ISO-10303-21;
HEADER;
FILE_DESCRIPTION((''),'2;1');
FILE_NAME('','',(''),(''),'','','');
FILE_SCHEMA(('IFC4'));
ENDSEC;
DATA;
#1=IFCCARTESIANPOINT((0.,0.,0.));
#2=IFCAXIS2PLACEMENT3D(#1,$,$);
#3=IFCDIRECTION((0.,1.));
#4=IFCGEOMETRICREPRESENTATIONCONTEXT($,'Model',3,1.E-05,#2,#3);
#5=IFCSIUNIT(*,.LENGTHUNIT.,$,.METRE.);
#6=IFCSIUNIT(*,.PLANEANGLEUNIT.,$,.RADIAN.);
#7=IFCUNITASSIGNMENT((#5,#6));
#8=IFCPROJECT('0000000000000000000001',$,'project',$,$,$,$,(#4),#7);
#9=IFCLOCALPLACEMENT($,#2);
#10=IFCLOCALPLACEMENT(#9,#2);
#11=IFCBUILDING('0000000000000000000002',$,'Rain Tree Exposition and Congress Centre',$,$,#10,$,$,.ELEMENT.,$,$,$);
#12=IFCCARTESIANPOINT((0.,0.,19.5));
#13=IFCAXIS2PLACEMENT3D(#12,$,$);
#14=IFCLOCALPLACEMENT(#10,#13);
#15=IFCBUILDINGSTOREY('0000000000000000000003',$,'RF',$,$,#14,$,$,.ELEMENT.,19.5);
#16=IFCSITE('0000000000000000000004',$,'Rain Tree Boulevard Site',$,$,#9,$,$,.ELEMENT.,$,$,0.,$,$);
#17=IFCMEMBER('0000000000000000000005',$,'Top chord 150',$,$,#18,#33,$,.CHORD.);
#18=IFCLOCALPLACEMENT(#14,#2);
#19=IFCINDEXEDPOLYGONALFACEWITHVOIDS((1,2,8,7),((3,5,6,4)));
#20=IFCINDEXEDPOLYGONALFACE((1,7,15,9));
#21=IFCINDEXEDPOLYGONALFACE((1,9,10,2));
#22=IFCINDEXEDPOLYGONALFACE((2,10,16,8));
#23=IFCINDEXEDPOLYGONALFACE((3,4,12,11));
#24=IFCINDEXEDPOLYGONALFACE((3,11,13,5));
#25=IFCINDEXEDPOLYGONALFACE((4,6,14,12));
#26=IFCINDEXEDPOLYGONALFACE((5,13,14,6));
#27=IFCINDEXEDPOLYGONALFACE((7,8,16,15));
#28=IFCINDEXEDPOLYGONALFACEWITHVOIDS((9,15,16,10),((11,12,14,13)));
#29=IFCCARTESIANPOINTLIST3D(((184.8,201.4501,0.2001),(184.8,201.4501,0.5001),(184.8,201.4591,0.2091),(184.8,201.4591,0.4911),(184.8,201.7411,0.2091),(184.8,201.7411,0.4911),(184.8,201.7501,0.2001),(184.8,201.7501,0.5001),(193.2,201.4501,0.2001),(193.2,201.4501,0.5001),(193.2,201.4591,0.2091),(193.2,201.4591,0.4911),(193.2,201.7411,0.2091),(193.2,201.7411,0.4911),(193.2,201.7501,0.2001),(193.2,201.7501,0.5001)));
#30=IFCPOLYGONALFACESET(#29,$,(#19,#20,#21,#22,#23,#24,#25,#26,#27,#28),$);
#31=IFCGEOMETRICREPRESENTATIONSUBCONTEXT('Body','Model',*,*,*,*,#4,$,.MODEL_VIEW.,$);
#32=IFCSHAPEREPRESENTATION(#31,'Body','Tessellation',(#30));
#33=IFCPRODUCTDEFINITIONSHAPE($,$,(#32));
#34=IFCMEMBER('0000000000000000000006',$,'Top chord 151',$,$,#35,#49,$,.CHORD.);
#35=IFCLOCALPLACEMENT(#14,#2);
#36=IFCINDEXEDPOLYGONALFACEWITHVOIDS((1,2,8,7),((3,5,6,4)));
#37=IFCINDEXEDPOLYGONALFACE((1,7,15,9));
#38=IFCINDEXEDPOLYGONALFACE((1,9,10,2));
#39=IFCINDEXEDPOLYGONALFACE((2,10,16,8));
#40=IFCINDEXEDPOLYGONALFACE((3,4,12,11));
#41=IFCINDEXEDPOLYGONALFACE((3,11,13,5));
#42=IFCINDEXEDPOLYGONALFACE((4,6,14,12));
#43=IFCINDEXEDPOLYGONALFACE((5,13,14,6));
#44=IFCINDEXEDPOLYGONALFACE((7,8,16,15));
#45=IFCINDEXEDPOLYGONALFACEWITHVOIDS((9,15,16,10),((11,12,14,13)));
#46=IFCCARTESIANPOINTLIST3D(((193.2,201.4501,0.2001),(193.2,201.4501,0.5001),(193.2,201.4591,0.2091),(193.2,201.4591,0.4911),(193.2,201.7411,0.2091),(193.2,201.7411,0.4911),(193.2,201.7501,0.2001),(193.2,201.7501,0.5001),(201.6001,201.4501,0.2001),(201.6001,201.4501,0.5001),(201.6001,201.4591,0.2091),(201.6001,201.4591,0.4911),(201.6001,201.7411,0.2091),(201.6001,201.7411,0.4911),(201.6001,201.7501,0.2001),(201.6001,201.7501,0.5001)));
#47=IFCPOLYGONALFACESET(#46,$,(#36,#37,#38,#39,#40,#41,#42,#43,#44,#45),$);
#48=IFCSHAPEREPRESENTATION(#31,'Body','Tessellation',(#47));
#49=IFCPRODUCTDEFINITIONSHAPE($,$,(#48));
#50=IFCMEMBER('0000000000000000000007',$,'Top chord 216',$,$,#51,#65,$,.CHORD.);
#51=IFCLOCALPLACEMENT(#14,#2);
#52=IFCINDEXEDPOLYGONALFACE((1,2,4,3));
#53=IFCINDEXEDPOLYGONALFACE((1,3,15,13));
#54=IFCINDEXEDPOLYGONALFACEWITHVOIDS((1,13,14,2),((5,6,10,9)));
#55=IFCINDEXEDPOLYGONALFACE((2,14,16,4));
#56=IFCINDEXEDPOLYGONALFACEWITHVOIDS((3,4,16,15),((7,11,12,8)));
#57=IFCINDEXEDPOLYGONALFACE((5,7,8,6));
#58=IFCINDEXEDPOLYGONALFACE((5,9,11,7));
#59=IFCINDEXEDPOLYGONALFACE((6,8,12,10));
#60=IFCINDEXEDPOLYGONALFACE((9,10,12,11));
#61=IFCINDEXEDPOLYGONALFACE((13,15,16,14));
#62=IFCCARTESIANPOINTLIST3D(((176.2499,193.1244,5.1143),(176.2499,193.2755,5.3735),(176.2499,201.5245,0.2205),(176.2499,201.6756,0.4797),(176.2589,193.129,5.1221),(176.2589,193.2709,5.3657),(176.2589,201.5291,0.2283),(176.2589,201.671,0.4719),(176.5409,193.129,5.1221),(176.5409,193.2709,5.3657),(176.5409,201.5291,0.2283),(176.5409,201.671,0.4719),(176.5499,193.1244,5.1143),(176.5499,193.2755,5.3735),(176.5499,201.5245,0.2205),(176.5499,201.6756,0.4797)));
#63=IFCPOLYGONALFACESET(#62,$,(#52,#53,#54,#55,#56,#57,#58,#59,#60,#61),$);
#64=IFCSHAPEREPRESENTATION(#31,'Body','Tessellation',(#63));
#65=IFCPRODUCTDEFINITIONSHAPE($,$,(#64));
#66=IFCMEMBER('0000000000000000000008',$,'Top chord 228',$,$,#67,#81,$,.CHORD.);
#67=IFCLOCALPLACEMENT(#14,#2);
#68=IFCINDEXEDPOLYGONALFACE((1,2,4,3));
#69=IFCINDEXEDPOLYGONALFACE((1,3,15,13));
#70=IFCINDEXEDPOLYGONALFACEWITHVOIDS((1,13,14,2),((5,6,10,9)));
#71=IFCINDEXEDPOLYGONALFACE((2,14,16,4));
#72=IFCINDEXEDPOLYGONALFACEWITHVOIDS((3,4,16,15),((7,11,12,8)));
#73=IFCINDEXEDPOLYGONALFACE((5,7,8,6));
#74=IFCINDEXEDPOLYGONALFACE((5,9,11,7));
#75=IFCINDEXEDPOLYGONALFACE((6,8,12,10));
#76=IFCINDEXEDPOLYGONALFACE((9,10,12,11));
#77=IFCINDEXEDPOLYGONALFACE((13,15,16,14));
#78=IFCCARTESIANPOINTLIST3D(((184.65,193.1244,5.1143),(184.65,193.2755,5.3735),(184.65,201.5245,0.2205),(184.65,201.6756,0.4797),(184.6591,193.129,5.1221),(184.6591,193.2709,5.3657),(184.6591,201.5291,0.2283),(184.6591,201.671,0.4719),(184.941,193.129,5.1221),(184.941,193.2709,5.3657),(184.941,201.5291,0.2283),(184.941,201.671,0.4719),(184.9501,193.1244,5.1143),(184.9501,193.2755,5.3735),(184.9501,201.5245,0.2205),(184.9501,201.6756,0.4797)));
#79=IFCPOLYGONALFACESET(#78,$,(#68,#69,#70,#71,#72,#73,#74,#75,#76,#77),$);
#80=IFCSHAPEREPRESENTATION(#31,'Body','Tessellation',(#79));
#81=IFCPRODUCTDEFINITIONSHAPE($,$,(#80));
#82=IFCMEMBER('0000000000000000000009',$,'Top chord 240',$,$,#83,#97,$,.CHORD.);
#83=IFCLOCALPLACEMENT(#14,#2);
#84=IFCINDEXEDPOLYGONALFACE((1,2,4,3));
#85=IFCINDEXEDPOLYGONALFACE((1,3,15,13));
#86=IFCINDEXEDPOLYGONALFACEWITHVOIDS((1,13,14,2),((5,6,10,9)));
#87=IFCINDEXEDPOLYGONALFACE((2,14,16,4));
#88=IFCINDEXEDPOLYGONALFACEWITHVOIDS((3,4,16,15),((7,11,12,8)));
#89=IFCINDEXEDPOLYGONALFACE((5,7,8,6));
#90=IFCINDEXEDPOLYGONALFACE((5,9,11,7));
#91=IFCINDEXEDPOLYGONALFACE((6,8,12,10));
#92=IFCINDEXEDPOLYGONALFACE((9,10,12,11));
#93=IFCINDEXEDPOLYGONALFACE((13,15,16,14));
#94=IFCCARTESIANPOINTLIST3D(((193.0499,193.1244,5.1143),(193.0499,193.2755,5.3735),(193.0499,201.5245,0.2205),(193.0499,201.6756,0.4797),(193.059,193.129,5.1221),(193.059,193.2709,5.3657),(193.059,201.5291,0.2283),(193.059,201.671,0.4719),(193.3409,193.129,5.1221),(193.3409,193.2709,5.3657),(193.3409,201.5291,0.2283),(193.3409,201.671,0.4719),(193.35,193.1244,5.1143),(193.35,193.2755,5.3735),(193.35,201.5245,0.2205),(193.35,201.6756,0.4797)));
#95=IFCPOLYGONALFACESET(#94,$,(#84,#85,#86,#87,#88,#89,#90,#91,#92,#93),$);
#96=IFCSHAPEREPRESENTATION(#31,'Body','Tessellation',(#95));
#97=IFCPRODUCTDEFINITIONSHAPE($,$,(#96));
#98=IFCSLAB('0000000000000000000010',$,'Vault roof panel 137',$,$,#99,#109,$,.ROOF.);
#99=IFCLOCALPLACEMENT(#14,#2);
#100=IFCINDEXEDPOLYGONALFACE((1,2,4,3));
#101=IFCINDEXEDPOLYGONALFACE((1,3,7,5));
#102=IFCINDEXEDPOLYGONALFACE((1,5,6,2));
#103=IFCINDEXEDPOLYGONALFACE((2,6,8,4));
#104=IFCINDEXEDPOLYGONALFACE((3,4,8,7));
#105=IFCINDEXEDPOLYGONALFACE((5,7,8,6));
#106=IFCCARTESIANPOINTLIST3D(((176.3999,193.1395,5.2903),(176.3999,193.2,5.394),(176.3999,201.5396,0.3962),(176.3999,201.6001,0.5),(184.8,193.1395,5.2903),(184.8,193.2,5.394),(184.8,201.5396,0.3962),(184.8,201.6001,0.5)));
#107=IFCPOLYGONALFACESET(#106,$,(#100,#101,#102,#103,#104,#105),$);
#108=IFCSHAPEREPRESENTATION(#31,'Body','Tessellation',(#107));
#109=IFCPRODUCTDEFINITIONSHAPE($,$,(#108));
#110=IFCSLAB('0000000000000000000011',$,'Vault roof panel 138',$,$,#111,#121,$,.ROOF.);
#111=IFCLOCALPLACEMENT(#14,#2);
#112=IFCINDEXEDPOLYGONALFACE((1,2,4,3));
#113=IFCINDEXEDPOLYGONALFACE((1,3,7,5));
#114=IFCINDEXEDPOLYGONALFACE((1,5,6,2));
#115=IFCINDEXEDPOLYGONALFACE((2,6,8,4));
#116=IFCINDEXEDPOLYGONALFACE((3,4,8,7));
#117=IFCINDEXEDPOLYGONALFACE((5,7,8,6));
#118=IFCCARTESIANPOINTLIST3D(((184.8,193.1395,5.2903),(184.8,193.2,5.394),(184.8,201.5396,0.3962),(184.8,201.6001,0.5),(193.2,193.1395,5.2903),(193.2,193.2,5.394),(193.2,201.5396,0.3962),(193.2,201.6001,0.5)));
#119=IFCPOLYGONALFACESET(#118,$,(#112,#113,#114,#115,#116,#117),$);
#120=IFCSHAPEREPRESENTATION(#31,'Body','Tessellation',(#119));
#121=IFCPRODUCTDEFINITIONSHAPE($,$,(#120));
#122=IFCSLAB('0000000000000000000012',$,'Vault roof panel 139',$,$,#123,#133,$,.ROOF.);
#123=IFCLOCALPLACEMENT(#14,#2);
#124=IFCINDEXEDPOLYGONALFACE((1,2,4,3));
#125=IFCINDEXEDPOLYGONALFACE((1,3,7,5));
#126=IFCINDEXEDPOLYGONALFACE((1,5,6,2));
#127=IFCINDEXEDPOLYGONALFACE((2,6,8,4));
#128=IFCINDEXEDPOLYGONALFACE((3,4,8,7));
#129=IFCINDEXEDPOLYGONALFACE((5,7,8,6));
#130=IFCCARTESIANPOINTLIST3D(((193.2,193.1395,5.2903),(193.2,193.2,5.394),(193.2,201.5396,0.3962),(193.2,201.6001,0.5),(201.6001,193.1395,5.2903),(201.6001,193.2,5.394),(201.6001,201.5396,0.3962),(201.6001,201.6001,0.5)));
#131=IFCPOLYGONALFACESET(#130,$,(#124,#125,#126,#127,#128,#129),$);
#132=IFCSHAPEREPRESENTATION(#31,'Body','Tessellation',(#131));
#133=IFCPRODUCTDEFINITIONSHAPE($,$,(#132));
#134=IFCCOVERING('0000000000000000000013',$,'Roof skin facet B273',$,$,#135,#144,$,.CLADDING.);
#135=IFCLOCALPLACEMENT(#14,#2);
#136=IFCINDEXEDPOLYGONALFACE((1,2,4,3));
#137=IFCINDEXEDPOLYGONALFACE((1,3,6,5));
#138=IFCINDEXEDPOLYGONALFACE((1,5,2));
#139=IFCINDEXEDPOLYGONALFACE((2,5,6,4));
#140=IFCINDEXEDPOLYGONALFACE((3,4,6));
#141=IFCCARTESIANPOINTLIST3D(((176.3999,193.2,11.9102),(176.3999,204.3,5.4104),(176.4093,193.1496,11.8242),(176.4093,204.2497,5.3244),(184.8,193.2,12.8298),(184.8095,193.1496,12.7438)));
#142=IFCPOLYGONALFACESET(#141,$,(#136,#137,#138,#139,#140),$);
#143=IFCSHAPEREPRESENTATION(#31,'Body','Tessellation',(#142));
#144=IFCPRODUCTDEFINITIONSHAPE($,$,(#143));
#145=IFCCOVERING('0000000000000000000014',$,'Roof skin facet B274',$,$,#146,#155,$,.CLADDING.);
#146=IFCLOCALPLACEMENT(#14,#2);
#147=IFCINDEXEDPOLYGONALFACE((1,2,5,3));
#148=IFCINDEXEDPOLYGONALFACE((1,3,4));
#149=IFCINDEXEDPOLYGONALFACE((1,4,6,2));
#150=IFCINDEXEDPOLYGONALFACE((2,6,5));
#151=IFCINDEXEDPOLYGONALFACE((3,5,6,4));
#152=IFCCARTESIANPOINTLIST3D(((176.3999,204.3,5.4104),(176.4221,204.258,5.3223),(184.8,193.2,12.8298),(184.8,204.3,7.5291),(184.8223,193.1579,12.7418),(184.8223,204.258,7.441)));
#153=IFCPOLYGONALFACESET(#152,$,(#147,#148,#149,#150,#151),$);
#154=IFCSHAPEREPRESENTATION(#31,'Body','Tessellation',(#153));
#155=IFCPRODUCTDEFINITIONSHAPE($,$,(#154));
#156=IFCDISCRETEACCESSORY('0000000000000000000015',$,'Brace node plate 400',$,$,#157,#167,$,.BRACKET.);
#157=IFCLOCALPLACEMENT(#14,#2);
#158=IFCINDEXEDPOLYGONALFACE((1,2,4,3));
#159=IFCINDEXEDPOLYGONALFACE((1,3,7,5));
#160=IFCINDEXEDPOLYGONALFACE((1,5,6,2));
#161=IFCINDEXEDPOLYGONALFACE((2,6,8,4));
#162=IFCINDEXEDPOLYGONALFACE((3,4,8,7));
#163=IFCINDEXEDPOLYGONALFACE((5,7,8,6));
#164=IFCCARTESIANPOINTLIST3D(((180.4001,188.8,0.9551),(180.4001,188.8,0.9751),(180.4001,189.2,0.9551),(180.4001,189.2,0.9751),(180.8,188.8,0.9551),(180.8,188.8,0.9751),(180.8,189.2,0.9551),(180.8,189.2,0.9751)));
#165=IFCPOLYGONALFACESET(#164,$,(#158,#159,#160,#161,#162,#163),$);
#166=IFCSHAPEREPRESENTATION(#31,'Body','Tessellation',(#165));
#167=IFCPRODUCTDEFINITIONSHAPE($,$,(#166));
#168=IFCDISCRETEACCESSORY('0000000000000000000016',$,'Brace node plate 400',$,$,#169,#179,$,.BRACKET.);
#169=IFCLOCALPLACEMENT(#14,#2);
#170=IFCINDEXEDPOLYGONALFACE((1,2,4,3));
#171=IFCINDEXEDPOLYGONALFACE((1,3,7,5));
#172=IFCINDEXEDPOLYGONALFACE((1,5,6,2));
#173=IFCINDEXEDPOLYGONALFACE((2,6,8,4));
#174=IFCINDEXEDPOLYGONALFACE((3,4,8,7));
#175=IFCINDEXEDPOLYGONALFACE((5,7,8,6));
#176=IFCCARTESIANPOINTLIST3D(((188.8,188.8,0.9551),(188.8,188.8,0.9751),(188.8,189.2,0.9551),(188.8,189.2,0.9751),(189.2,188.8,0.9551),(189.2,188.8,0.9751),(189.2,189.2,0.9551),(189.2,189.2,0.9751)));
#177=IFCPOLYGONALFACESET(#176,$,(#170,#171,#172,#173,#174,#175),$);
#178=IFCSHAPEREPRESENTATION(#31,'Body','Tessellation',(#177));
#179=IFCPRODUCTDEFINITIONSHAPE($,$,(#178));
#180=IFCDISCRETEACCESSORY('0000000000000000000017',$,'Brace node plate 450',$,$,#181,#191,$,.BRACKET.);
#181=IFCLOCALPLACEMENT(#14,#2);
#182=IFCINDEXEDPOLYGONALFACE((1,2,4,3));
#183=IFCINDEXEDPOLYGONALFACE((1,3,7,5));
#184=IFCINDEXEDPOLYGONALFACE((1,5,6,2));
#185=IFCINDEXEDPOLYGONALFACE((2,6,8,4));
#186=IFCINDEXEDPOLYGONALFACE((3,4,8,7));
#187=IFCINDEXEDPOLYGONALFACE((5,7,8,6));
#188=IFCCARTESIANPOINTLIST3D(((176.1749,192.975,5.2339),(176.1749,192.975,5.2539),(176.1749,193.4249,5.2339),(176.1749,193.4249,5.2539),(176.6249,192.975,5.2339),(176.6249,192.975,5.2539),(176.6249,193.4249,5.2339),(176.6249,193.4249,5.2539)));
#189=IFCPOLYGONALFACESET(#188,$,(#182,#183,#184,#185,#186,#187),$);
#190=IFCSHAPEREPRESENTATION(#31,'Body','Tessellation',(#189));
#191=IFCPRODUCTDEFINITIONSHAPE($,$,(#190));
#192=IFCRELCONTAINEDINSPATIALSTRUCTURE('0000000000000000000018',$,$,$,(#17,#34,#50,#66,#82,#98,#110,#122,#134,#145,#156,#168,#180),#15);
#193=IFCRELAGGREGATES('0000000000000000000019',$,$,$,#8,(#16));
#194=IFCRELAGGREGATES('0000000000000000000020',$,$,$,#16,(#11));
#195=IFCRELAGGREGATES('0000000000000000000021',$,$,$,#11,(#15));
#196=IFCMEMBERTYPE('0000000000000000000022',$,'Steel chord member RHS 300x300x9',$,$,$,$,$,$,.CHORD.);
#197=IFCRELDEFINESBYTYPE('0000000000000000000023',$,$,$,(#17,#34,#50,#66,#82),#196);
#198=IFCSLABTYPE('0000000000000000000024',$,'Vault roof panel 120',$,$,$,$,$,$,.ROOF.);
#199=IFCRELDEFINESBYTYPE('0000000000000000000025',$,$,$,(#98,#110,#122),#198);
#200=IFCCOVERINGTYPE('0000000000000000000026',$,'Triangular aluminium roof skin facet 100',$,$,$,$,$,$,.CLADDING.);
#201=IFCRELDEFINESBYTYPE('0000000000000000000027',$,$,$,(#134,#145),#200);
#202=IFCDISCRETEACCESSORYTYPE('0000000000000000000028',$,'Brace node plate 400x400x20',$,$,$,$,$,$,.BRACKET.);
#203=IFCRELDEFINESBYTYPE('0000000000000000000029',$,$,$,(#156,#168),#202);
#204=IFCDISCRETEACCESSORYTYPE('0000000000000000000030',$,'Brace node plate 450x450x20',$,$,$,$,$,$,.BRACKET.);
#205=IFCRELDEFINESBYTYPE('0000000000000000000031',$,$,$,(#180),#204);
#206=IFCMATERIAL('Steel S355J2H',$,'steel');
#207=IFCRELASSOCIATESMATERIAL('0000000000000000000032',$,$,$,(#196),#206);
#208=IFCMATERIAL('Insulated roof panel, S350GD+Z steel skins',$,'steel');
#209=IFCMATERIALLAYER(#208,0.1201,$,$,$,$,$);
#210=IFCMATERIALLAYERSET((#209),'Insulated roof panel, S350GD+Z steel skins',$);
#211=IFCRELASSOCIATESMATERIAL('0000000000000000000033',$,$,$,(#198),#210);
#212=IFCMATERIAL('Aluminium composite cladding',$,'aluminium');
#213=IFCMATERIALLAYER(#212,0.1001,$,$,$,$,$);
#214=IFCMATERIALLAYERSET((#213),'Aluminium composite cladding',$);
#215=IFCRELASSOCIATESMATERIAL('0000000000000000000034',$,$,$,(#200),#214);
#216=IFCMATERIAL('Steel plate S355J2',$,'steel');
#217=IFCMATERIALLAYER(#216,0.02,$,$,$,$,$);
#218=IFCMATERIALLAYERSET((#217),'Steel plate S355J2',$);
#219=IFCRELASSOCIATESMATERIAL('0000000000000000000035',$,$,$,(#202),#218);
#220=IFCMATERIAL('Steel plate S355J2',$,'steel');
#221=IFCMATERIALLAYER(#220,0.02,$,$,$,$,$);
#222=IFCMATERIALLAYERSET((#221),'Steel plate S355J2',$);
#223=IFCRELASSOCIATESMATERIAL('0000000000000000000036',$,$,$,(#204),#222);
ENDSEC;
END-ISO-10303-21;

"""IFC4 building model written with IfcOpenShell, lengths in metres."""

from ifc_helpers import new_model, si_unit, direction, frame, origin, origin_2d, place, context, subcontext, project, spatial, polyline, rectangle, hollow_rectangle, outline, extrude, material, layer, layer_set, material_profile, profile_set, type_object, element, save


model = new_model("IFC4")

# Units and contexts
model_context = context("Model", 3, precision=1e-05, world=origin(), true_north=direction((0.0, 1.0)))
body_context = subcontext(model_context, "Body", "Model", "MODEL_VIEW")
ifc_project = project(units=[si_unit("LENGTHUNIT", "METRE"), si_unit("PLANEANGLEUNIT", "RADIAN")], contexts=[model_context])

# Site, building, storey
site_placement = place(None, origin())
site = spatial("IfcSite", under=ifc_project, at=site_placement, Name="Rain Tree Boulevard Site", CompositionType="ELEMENT", RefElevation=0.0)
building_placement = place(site_placement, origin())
building = spatial("IfcBuilding", under=site, at=building_placement, Name="Rain Tree Exposition and Congress Centre", CompositionType="ELEMENT")
storey_placement = place(building_placement, frame((0.0, 0.0, 19.5)))
storey = spatial("IfcBuildingStorey", under=building, at=storey_placement, Name="RF", CompositionType="ELEMENT", Elevation=19.5)

# Members
ifc_material_1 = material(Name="Steel S355J2H", Category="steel")
ifc_material_profile_1 = material_profile(ifc_material_1, hollow_rectangle(XDim=0.3, YDim=0.3, WallThickness=0.009, at=origin_2d()), Name="RHS 300x300x9")
ifc_profile_set_1 = profile_set([ifc_material_profile_1], Name="Steel S355J2H")
member_type_1 = type_object("IfcMemberType", Name="Steel chord member RHS 300x300x9", PredefinedType="CHORD", material=ifc_profile_set_1)
member_1_placement = place(storey_placement, frame((184.8, 201.6001, 0.3501), z_axis=(1.0, 0.0, 0.0), x_axis=(0.0, 1.0, 0.0)))
element("IfcMember", 1, at=member_1_placement, inside=storey, type_object=member_type_1, Name="Top chord 150", PredefinedType="CHORD", context=body_context, shape_type="SweptSolid", body=[
    extrude(hollow_rectangle(XDim=0.3, YDim=0.3, WallThickness=0.009, at=origin_2d()), origin(), (0.0, 0.0, 1.0), 8.3999),
])
member_2_placement = place(storey_placement, frame((193.2, 201.6001, 0.3501), z_axis=(1.0, 0.0, 0.0), x_axis=(0.0, 1.0, 0.0)))
element("IfcMember", 2, at=member_2_placement, inside=storey, type_object=member_type_1, Name="Top chord 151", PredefinedType="CHORD", context=body_context, shape_type="SweptSolid", body=[
    extrude(hollow_rectangle(XDim=0.3, YDim=0.3, WallThickness=0.009, at=origin_2d()), origin(), (0.0, 0.0, 1.0), 8.4001),
])
for number, where, z_axis, x_axis, name in (
    (3, (176.3999, 193.2, 5.2439), (0.0, 0.86406, -0.503388), (-1.0, 0.0, 0.0), "Top chord 216"),
    (4, (184.8, 193.2, 5.2439), (0.0, 0.86406, -0.503388), (-1.0, 0.0, 0.0), "Top chord 228"),
    (5, (193.2, 193.2, 5.2439), (0.0, 0.86406, -0.503388), (-1.0, 0.0, 0.0), "Top chord 240"),
):
    element("IfcMember", number, at=place(storey_placement, frame(where, z_axis=z_axis, x_axis=x_axis)), inside=storey, type_object=member_type_1, Name=name, PredefinedType="CHORD", context=body_context, shape_type="SweptSolid", body=[
        extrude(hollow_rectangle(XDim=0.3, YDim=0.3, WallThickness=0.009, at=origin_2d()), origin(), (0.0, 0.0, 1.0), 9.7217),
    ])

# Slabs
ifc_material_2 = material(Name="Insulated roof panel, S350GD+Z steel skins", Category="steel")
ifc_layer_1 = layer(ifc_material_2, 0.1201)
ifc_layer_set_1 = layer_set([ifc_layer_1], Name="Insulated roof panel, S350GD+Z steel skins")
slab_type = type_object("IfcSlabType", Name="Vault roof panel 120", PredefinedType="ROOF", material=ifc_layer_set_1)
slab_1_placement = place(storey_placement, frame((176.3999, 193.2, 5.394), z_axis=(0.0, 0.503407, 0.864049), x_axis=(1.0, 0.0, 0.0)))
element("IfcSlab", 6, at=slab_1_placement, inside=storey, type_object=slab_type, Name="Vault roof panel 137", PredefinedType="ROOF", context=body_context, shape_type="SweptSolid", body=[
    extrude(outline(polyline([(0.0, 0.0), (8.4001, 0.0), (8.4001, 9.7218), (0.0, 9.7218), (0.0, 0.0)])), origin(), (0.0, 0.0, -1.0), 0.1201),
])
slab_2_placement = place(storey_placement, frame((184.8, 193.2, 5.394), z_axis=(0.0, 0.503407, 0.864049), x_axis=(1.0, 0.0, 0.0)))
element("IfcSlab", 7, at=slab_2_placement, inside=storey, type_object=slab_type, Name="Vault roof panel 138", PredefinedType="ROOF", context=body_context, shape_type="SweptSolid", body=[
    extrude(outline(polyline([(0.0, 0.0), (8.3999, 0.0), (8.3999, 9.7218), (0.0, 9.7218), (0.0, 0.0)])), origin(), (0.0, 0.0, -1.0), 0.1201),
])
slab_3_placement = place(storey_placement, frame((193.2, 193.2, 5.394), z_axis=(0.0, 0.503407, 0.864049), x_axis=(1.0, 0.0, 0.0)))
element("IfcSlab", 8, at=slab_3_placement, inside=storey, type_object=slab_type, Name="Vault roof panel 139", PredefinedType="ROOF", context=body_context, shape_type="SweptSolid", body=[
    extrude(outline(polyline([(0.0, 0.0), (8.4001, 0.0), (8.4001, 9.7218), (0.0, 9.7218), (0.0, 0.0)])), origin(), (0.0, 0.0, -1.0), 0.1201),
])

# Coverings
ifc_material_3 = material(Name="Aluminium composite cladding", Category="aluminium")
ifc_layer_2 = layer(ifc_material_3, 0.1001)
ifc_layer_set_2 = layer_set([ifc_layer_2], Name="Aluminium composite cladding")
covering_type = type_object("IfcCoveringType", Name="Triangular aluminium roof skin facet 100", PredefinedType="CLADDING", material=ifc_layer_set_2)
covering_1_placement = place(storey_placement, frame((176.3999, 193.2, 11.9102), z_axis=(-0.094059, 0.503063, 0.859116), x_axis=(0.99406, 0.0, 0.108833)))
element("IfcCovering", 9, at=covering_1_placement, inside=storey, type_object=covering_type, Name="Roof skin facet B273", PredefinedType="CLADDING", context=body_context, shape_type="SweptSolid", body=[
    extrude(outline(polyline([(0.0, 0.0), (8.4503, 0.0), (-0.7074, 12.8436), (0.0, 0.0)])), origin(), (0.0, 0.0, -1.0), 0.1001),
])
covering_2_placement = place(storey_placement, frame((184.8, 193.2, 12.8298), z_axis=(-0.221921, 0.420183, 0.879885), x_axis=(0.0, 0.902386, -0.430929)))
element("IfcCovering", 10, at=covering_2_placement, inside=storey, type_object=covering_type, Name="Roof skin facet B274", PredefinedType="CLADDING", context=body_context, shape_type="SweptSolid", body=[
    extrude(outline(polyline([(0.0, 0.0), (12.3008, 0.0), (13.2138, 8.615), (0.0, 0.0)])), origin(), (0.0, 0.0, -1.0), 0.1001),
])

# Discrete accessories
ifc_material_4 = material(Name="Steel plate S355J2", Category="steel")
ifc_layer_3 = layer(ifc_material_4, 0.02)
ifc_layer_set_3 = layer_set([ifc_layer_3], Name="Steel plate S355J2")
discrete_accessory_type_1 = type_object("IfcDiscreteAccessoryType", Name="Brace node plate 400x400x20", PredefinedType="BRACKET", material=ifc_layer_set_3)
for number, where, z_axis, x_axis, name in (
    (11, (180.6001, 189.0, 0.9551), (0.0, 0.0, 1.0), (1.0, 0.0, 0.0), "Brace node plate 400"),
    (12, (189.0, 189.0, 0.9551), (0.0, 0.0, 1.0), (1.0, 0.0, 0.0), "Brace node plate 400"),
):
    element("IfcDiscreteAccessory", number, at=place(storey_placement, frame(where, z_axis=z_axis, x_axis=x_axis)), inside=storey, type_object=discrete_accessory_type_1, Name=name, PredefinedType="BRACKET", context=body_context, shape_type="SweptSolid", body=[
        extrude(rectangle(XDim=0.3999, YDim=0.3999, at=origin_2d()), origin(), (0.0, 0.0, 1.0), 0.02),
    ])
ifc_material_5 = material(Name="Steel plate S355J2", Category="steel")
ifc_layer_4 = layer(ifc_material_5, 0.02)
ifc_layer_set_4 = layer_set([ifc_layer_4], Name="Steel plate S355J2")
discrete_accessory_type_2 = type_object("IfcDiscreteAccessoryType", Name="Brace node plate 450x450x20", PredefinedType="BRACKET", material=ifc_layer_set_4)
for number, where, z_axis, x_axis, name in (
    (13, (176.3999, 193.2, 5.2339), (0.0, 0.0, 1.0), (1.0, 0.0, 0.0), "Brace node plate 450"),
):
    element("IfcDiscreteAccessory", number, at=place(storey_placement, frame(where, z_axis=z_axis, x_axis=x_axis)), inside=storey, type_object=discrete_accessory_type_2, Name=name, PredefinedType="BRACKET", context=body_context, shape_type="SweptSolid", body=[
        extrude(rectangle(XDim=0.45, YDim=0.45, at=origin_2d()), origin(), (0.0, 0.0, 1.0), 0.02),
    ])

save(model, "model.ifc")
